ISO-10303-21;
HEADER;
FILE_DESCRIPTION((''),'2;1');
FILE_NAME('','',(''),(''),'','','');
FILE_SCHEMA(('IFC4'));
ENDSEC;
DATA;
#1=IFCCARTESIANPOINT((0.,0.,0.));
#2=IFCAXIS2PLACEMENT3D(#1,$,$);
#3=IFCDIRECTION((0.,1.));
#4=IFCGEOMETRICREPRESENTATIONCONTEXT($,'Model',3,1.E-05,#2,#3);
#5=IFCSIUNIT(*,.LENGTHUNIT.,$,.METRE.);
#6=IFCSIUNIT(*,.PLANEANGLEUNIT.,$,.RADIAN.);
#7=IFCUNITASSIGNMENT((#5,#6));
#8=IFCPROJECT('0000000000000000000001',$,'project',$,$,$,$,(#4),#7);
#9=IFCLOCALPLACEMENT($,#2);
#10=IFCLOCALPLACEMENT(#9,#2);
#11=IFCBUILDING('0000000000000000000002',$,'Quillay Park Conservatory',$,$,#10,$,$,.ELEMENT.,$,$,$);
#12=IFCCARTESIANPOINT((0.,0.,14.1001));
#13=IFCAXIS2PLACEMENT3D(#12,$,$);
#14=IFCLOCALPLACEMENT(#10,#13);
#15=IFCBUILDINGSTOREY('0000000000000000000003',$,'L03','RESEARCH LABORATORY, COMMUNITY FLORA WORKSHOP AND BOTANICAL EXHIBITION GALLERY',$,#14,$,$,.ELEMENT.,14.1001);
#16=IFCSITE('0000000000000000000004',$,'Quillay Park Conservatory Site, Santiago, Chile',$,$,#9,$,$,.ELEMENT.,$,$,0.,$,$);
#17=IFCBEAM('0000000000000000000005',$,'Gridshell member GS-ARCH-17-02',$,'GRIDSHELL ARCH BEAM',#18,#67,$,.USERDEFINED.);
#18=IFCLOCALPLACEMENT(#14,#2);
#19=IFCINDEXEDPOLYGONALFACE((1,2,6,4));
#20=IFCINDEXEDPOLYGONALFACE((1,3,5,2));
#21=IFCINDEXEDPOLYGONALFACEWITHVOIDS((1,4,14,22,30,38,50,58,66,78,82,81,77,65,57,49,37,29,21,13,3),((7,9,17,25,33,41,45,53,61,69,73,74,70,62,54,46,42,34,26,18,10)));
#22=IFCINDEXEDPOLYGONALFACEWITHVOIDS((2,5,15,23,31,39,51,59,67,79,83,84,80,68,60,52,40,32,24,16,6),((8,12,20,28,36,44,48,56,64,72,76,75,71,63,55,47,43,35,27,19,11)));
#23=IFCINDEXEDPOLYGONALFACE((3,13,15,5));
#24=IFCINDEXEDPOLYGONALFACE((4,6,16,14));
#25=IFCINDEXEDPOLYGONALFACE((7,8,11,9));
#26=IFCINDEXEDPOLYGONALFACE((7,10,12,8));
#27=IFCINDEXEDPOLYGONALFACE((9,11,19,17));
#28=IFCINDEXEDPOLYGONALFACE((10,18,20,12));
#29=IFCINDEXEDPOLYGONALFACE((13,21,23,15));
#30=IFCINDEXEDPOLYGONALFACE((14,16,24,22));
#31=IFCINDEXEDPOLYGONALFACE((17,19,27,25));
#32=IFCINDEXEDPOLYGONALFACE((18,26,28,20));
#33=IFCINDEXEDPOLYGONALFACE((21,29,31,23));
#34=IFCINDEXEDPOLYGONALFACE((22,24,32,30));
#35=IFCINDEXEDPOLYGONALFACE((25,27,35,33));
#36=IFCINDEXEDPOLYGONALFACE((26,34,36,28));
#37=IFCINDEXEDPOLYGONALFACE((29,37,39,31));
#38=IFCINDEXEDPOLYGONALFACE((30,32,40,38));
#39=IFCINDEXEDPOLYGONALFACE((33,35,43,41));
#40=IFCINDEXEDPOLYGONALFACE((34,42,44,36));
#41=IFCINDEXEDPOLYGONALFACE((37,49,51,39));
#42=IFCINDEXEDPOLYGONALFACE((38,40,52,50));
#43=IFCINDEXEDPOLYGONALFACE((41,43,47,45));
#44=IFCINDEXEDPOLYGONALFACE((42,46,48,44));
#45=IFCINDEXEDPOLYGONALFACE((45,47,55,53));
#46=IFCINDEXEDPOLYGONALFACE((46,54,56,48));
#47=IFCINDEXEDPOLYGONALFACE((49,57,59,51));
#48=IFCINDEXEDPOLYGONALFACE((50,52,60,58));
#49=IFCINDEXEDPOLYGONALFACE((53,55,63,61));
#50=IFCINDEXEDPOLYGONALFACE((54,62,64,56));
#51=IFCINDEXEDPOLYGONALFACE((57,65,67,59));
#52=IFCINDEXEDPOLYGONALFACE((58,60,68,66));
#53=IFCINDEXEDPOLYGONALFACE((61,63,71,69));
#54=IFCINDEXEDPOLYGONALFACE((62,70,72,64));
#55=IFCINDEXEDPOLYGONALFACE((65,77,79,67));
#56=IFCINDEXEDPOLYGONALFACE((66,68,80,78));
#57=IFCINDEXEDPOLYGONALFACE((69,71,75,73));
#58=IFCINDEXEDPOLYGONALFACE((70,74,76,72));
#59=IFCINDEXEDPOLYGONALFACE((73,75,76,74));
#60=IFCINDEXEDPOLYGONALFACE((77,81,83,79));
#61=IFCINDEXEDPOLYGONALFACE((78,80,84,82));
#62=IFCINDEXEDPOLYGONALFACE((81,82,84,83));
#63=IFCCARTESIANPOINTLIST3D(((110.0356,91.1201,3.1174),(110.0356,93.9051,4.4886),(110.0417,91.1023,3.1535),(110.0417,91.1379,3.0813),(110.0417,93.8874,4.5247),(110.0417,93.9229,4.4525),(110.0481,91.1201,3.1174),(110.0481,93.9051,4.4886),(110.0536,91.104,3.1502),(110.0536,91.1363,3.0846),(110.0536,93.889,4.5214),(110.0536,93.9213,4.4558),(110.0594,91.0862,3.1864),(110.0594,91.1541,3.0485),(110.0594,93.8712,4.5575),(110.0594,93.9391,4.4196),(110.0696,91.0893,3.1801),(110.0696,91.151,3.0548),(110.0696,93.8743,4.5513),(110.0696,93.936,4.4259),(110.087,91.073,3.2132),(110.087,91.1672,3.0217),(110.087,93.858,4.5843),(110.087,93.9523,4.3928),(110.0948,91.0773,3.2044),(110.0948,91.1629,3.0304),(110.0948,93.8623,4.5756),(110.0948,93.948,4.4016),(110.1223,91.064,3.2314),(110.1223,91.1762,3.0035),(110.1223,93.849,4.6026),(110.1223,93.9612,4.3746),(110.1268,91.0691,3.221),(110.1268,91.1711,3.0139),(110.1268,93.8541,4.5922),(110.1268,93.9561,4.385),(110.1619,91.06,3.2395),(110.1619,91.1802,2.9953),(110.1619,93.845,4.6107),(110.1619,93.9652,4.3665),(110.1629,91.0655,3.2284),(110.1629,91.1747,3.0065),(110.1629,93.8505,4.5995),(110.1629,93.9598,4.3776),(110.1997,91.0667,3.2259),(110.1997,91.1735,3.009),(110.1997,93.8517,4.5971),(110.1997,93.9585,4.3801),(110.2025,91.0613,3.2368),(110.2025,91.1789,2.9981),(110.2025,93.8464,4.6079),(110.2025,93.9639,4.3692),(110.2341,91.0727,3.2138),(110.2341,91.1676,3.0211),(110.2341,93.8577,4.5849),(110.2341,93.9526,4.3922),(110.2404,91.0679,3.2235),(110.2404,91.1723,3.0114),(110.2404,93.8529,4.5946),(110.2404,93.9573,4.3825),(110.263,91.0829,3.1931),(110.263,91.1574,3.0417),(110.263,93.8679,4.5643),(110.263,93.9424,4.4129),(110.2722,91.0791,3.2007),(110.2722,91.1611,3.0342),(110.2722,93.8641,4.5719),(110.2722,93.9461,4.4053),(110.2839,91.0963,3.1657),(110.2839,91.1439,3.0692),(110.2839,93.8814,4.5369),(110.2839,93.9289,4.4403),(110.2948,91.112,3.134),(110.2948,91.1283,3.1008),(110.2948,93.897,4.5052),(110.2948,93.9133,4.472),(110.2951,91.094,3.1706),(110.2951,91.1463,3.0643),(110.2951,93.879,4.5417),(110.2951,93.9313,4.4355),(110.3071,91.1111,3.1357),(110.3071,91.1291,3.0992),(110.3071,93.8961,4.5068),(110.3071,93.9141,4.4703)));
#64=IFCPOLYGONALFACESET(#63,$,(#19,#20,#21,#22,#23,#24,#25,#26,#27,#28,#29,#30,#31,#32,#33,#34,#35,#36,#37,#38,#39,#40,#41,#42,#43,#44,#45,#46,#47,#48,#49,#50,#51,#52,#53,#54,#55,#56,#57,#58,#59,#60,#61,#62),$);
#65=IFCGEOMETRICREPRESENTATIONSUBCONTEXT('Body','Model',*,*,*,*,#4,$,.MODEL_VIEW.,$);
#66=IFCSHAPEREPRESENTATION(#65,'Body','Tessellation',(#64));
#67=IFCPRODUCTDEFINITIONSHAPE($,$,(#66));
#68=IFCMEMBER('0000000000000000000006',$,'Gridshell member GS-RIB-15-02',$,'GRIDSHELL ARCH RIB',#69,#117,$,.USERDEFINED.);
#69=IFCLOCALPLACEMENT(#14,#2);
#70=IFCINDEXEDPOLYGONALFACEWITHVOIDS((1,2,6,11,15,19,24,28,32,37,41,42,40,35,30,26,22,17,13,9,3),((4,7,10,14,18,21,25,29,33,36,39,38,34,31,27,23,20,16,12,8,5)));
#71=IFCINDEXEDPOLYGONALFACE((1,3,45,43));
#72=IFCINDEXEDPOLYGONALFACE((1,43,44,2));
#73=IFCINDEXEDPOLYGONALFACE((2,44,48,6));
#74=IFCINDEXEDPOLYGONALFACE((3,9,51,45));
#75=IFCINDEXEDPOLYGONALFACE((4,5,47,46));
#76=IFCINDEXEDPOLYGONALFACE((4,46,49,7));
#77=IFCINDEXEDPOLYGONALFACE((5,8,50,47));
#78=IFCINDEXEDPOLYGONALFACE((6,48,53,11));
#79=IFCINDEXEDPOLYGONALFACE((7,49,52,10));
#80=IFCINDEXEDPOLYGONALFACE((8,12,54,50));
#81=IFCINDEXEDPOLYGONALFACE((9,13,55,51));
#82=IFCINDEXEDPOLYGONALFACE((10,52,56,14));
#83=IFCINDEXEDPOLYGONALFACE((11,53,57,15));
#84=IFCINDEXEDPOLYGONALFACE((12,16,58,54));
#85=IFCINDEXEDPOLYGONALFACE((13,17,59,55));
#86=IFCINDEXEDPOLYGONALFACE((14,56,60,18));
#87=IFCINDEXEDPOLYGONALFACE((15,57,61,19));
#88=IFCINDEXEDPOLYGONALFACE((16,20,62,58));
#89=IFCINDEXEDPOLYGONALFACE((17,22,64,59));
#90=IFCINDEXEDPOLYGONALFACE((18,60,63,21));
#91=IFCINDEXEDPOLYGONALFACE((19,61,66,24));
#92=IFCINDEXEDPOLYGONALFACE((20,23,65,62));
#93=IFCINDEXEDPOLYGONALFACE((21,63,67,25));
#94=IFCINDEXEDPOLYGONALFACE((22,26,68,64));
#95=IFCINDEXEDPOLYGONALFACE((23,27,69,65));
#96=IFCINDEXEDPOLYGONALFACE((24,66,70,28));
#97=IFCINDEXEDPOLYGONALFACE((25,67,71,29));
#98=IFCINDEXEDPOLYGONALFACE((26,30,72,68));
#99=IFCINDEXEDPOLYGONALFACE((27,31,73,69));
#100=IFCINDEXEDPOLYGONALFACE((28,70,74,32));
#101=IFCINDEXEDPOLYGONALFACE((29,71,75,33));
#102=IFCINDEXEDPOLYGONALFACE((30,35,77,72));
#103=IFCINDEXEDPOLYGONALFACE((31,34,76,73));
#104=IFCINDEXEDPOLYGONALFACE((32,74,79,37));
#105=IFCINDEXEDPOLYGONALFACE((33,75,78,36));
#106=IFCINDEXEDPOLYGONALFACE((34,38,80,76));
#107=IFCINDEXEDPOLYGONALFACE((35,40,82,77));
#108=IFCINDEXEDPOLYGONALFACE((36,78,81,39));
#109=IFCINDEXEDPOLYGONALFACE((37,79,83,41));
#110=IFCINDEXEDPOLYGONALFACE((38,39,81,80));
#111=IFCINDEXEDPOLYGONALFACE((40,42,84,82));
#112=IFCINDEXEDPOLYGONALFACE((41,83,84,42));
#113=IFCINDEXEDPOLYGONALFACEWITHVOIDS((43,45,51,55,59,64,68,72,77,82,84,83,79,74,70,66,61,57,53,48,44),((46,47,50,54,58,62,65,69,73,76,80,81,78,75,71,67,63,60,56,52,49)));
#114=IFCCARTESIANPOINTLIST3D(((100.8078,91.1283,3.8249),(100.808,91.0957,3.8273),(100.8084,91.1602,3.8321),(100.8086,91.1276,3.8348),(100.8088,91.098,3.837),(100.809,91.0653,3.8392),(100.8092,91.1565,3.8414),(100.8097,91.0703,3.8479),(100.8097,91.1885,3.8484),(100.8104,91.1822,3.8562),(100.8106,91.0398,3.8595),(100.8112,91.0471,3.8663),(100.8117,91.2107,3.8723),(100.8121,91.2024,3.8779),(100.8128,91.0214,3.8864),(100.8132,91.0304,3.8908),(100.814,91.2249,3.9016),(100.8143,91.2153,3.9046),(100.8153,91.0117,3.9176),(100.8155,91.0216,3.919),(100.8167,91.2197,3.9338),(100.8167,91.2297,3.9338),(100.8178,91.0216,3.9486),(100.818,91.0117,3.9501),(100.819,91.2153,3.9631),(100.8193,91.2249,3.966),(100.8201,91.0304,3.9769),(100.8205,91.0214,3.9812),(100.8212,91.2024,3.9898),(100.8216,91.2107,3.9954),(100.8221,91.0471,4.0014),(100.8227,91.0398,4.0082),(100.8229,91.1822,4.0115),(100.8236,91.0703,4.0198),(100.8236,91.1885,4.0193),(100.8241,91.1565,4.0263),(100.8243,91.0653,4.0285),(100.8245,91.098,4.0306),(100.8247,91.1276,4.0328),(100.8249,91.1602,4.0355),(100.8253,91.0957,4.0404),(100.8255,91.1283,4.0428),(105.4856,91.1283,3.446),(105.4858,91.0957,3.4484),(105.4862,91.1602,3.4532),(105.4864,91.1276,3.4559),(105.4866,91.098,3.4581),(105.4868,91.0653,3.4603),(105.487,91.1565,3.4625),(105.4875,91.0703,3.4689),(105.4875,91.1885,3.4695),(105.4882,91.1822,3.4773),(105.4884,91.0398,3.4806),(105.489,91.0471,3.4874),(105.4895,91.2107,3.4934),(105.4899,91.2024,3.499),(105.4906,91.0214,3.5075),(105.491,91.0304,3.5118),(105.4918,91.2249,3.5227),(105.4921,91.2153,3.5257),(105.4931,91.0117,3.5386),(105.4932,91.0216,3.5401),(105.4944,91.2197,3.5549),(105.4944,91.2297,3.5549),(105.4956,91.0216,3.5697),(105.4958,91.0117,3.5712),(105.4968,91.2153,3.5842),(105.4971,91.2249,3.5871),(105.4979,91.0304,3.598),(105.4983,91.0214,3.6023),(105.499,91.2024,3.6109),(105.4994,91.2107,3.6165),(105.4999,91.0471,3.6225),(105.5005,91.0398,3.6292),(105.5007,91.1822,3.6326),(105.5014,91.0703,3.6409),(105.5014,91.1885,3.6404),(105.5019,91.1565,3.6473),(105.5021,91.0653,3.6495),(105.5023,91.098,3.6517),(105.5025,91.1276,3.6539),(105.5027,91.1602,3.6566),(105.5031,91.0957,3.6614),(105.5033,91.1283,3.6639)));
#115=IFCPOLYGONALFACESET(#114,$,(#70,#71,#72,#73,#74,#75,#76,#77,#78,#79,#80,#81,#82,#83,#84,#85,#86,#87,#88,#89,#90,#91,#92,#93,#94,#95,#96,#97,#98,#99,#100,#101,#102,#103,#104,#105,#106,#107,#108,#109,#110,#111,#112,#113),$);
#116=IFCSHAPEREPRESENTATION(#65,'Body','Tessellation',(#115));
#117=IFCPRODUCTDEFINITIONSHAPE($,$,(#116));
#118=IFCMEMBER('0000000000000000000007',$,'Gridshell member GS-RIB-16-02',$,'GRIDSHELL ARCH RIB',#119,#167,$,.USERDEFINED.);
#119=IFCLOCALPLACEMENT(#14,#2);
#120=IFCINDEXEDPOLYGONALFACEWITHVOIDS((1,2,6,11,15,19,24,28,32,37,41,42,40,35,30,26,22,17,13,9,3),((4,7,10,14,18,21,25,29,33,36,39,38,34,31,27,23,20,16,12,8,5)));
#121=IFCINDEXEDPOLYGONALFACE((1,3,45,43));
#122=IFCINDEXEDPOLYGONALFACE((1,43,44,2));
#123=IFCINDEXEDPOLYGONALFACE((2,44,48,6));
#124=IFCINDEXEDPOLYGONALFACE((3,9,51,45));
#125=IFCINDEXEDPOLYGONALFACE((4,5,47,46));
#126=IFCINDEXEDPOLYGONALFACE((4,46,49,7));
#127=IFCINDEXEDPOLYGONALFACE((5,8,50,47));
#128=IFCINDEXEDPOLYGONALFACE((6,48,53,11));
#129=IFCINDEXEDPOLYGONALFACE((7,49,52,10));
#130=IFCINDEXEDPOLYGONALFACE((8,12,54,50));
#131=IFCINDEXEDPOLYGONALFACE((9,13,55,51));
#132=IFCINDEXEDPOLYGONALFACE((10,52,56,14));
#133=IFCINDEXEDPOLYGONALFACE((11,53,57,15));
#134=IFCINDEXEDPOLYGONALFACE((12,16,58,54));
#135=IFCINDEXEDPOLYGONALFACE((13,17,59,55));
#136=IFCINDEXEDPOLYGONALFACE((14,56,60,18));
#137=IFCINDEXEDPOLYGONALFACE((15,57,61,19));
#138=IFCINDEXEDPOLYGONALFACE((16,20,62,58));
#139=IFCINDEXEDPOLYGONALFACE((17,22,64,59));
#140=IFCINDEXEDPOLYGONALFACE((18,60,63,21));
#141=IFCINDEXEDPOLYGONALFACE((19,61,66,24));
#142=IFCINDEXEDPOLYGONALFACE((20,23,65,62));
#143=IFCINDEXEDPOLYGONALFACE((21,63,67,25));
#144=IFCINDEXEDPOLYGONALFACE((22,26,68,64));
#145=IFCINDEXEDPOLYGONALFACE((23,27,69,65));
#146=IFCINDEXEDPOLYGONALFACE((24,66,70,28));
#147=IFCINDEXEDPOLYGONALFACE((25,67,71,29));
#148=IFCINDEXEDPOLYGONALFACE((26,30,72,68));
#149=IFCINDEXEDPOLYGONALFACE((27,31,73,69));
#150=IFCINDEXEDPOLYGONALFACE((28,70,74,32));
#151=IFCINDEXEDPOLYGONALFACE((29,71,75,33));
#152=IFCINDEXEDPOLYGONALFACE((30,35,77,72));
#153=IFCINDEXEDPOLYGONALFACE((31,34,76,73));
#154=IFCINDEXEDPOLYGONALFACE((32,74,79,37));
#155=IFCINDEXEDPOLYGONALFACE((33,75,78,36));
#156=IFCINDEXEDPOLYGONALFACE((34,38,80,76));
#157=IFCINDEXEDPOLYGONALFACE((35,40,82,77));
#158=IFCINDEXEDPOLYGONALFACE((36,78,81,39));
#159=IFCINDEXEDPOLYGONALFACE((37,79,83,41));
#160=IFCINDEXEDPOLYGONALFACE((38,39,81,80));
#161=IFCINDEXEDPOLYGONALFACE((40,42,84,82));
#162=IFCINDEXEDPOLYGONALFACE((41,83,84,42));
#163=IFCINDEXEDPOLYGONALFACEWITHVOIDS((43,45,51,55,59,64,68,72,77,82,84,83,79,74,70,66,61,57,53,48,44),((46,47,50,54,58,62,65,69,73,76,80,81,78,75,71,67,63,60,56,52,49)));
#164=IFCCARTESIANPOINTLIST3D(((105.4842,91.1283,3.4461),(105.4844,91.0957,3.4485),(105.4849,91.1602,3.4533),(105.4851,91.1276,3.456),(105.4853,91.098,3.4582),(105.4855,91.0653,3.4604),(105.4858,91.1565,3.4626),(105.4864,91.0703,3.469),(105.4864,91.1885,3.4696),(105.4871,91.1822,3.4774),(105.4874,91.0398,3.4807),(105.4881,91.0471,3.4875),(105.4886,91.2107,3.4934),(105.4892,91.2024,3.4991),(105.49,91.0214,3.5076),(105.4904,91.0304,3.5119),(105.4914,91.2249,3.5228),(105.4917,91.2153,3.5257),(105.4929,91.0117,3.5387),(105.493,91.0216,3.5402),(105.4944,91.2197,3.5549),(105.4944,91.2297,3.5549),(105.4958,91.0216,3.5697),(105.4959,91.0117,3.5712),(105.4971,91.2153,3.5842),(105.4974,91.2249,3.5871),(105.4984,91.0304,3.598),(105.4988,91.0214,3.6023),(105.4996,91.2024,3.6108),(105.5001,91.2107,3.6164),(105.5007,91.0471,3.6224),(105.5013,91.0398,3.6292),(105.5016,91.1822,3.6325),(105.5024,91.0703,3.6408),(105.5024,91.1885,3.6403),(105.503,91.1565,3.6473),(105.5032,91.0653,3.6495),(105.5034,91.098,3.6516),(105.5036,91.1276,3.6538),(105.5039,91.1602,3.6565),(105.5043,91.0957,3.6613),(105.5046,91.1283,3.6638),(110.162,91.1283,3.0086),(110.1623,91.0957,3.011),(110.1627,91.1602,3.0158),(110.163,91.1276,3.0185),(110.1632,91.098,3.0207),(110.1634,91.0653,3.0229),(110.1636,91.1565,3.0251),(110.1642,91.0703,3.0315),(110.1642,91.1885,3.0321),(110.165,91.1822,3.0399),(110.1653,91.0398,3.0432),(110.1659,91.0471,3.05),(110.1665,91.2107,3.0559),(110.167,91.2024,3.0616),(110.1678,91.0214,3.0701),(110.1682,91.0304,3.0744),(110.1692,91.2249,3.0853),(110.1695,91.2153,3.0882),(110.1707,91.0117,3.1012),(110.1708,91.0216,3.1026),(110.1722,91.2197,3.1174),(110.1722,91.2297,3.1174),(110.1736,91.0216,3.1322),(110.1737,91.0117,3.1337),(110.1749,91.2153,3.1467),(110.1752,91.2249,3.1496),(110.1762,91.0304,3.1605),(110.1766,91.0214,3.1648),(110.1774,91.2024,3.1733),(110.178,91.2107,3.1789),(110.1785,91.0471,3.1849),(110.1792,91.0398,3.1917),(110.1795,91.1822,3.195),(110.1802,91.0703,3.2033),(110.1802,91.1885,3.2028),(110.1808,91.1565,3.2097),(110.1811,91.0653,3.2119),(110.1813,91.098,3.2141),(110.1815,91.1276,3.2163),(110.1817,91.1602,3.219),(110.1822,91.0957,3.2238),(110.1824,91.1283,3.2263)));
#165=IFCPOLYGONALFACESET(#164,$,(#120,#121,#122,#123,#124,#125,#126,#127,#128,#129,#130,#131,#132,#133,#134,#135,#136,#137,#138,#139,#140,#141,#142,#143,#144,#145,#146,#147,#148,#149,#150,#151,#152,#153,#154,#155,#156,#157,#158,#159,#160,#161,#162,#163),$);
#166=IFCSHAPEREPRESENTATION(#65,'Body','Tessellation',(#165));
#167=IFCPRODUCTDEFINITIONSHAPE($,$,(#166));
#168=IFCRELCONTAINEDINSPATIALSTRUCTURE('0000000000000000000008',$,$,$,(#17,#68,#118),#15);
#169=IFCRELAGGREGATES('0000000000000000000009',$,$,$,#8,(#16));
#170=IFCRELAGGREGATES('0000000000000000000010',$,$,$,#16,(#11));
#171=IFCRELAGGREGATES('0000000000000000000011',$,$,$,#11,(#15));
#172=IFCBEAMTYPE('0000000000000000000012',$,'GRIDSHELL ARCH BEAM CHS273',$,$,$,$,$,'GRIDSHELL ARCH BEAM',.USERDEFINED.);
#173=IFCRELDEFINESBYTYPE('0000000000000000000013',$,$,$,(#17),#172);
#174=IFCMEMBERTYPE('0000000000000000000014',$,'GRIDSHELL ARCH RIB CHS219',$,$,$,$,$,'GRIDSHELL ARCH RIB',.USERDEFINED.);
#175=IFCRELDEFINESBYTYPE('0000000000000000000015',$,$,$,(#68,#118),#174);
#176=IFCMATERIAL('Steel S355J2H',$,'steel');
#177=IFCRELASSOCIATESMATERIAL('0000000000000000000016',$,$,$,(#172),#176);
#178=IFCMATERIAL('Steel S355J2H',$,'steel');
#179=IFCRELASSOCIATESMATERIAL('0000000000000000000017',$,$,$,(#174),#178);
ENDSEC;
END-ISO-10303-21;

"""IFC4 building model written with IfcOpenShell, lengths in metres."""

from ifc_helpers import new_model, si_unit, direction, frame, origin, origin_2d, place, context, subcontext, project, spatial, hollow_circle, extrude, material, material_profile, profile_set, type_object, element, save


model = new_model("IFC4")

# Units and contexts
model_context = context("Model", 3, precision=1e-05, world=origin(), true_north=direction((0.0, 1.0)))
body_context = subcontext(model_context, "Body", "Model", "MODEL_VIEW")
ifc_project = project(units=[si_unit("LENGTHUNIT", "METRE"), si_unit("PLANEANGLEUNIT", "RADIAN")], contexts=[model_context])

# Site, building, storey
site_placement = place(None, origin())
site = spatial("IfcSite", under=ifc_project, at=site_placement, Name="Quillay Park Conservatory Site, Santiago, Chile", CompositionType="ELEMENT", RefElevation=0.0)
building_placement = place(site_placement, origin())
building = spatial("IfcBuilding", under=site, at=building_placement, Name="Quillay Park Conservatory", CompositionType="ELEMENT")
storey_placement = place(building_placement, frame((0.0, 0.0, 14.1001)))
storey = spatial("IfcBuildingStorey", under=building, at=storey_placement, Name="L03", Description="RESEARCH LABORATORY, COMMUNITY FLORA WORKSHOP AND BOTANICAL EXHIBITION GALLERY", CompositionType="ELEMENT", Elevation=14.1001)

# Beam
ifc_material_1 = material(Name="Steel S355J2H", Category="steel")
ifc_material_profile_1 = material_profile(ifc_material_1, hollow_circle(Radius=0.1365, WallThickness=0.0125, at=origin_2d()), Name="CHS273x12.5")
ifc_profile_set_1 = profile_set([ifc_material_profile_1], Name="Steel S355J2H")
beam_type = type_object("IfcBeamType", Name="GRIDSHELL ARCH BEAM CHS273", ElementType="GRIDSHELL ARCH BEAM", PredefinedType="USERDEFINED", material=ifc_profile_set_1)
beam_placement = place(storey_placement, frame((110.1721, 91.1201, 3.1174), z_axis=(0.0, 0.897163, 0.4417), x_axis=(-1.0, 0.0, 0.0)))
element("IfcBeam", 1, at=beam_placement, inside=storey, type_object=beam_type, Name="Gridshell member GS-ARCH-17-02", ObjectType="GRIDSHELL ARCH BEAM", PredefinedType="USERDEFINED", context=body_context, shape_type="SweptSolid", body=[
    extrude(hollow_circle(Radius=0.1365, WallThickness=0.0125, at=origin_2d()), origin(), (0.0, 0.0, 1.0), 3.1042),
])

# Members
ifc_material_2 = material(Name="Steel S355J2H", Category="steel")
ifc_material_profile_2 = material_profile(ifc_material_2, hollow_circle(Radius=0.1096, WallThickness=0.01, at=origin_2d()), Name="CHS219.1x10")
ifc_profile_set_2 = profile_set([ifc_material_profile_2], Name="Steel S355J2H")
member_type = type_object("IfcMemberType", Name="GRIDSHELL ARCH RIB CHS219", ElementType="GRIDSHELL ARCH RIB", PredefinedType="USERDEFINED", material=ifc_profile_set_2)
member_1_placement = place(storey_placement, frame((100.8167, 91.1201, 3.9338), z_axis=(0.996735, 0.0, -0.080738), x_axis=(0.0, 1.0, 0.0)))
element("IfcMember", 2, at=member_1_placement, inside=storey, type_object=member_type, Name="Gridshell member GS-RIB-15-02", ObjectType="GRIDSHELL ARCH RIB", PredefinedType="USERDEFINED", context=body_context, shape_type="SweptSolid", body=[
    extrude(hollow_circle(Radius=0.1096, WallThickness=0.01, at=origin_2d()), origin(), (0.0, 0.0, 1.0), 4.6931),
])
member_2_placement = place(storey_placement, frame((105.4944, 91.1201, 3.5549), z_axis=(0.995655, 0.0, -0.093122), x_axis=(0.0, 1.0, 0.0)))
element("IfcMember", 3, at=member_2_placement, inside=storey, type_object=member_type, Name="Gridshell member GS-RIB-16-02", ObjectType="GRIDSHELL ARCH RIB", PredefinedType="USERDEFINED", context=body_context, shape_type="SweptSolid", body=[
    extrude(hollow_circle(Radius=0.1096, WallThickness=0.01, at=origin_2d()), origin(), (0.0, 0.0, 1.0), 4.6982),
])

save(model, "model.ifc")
